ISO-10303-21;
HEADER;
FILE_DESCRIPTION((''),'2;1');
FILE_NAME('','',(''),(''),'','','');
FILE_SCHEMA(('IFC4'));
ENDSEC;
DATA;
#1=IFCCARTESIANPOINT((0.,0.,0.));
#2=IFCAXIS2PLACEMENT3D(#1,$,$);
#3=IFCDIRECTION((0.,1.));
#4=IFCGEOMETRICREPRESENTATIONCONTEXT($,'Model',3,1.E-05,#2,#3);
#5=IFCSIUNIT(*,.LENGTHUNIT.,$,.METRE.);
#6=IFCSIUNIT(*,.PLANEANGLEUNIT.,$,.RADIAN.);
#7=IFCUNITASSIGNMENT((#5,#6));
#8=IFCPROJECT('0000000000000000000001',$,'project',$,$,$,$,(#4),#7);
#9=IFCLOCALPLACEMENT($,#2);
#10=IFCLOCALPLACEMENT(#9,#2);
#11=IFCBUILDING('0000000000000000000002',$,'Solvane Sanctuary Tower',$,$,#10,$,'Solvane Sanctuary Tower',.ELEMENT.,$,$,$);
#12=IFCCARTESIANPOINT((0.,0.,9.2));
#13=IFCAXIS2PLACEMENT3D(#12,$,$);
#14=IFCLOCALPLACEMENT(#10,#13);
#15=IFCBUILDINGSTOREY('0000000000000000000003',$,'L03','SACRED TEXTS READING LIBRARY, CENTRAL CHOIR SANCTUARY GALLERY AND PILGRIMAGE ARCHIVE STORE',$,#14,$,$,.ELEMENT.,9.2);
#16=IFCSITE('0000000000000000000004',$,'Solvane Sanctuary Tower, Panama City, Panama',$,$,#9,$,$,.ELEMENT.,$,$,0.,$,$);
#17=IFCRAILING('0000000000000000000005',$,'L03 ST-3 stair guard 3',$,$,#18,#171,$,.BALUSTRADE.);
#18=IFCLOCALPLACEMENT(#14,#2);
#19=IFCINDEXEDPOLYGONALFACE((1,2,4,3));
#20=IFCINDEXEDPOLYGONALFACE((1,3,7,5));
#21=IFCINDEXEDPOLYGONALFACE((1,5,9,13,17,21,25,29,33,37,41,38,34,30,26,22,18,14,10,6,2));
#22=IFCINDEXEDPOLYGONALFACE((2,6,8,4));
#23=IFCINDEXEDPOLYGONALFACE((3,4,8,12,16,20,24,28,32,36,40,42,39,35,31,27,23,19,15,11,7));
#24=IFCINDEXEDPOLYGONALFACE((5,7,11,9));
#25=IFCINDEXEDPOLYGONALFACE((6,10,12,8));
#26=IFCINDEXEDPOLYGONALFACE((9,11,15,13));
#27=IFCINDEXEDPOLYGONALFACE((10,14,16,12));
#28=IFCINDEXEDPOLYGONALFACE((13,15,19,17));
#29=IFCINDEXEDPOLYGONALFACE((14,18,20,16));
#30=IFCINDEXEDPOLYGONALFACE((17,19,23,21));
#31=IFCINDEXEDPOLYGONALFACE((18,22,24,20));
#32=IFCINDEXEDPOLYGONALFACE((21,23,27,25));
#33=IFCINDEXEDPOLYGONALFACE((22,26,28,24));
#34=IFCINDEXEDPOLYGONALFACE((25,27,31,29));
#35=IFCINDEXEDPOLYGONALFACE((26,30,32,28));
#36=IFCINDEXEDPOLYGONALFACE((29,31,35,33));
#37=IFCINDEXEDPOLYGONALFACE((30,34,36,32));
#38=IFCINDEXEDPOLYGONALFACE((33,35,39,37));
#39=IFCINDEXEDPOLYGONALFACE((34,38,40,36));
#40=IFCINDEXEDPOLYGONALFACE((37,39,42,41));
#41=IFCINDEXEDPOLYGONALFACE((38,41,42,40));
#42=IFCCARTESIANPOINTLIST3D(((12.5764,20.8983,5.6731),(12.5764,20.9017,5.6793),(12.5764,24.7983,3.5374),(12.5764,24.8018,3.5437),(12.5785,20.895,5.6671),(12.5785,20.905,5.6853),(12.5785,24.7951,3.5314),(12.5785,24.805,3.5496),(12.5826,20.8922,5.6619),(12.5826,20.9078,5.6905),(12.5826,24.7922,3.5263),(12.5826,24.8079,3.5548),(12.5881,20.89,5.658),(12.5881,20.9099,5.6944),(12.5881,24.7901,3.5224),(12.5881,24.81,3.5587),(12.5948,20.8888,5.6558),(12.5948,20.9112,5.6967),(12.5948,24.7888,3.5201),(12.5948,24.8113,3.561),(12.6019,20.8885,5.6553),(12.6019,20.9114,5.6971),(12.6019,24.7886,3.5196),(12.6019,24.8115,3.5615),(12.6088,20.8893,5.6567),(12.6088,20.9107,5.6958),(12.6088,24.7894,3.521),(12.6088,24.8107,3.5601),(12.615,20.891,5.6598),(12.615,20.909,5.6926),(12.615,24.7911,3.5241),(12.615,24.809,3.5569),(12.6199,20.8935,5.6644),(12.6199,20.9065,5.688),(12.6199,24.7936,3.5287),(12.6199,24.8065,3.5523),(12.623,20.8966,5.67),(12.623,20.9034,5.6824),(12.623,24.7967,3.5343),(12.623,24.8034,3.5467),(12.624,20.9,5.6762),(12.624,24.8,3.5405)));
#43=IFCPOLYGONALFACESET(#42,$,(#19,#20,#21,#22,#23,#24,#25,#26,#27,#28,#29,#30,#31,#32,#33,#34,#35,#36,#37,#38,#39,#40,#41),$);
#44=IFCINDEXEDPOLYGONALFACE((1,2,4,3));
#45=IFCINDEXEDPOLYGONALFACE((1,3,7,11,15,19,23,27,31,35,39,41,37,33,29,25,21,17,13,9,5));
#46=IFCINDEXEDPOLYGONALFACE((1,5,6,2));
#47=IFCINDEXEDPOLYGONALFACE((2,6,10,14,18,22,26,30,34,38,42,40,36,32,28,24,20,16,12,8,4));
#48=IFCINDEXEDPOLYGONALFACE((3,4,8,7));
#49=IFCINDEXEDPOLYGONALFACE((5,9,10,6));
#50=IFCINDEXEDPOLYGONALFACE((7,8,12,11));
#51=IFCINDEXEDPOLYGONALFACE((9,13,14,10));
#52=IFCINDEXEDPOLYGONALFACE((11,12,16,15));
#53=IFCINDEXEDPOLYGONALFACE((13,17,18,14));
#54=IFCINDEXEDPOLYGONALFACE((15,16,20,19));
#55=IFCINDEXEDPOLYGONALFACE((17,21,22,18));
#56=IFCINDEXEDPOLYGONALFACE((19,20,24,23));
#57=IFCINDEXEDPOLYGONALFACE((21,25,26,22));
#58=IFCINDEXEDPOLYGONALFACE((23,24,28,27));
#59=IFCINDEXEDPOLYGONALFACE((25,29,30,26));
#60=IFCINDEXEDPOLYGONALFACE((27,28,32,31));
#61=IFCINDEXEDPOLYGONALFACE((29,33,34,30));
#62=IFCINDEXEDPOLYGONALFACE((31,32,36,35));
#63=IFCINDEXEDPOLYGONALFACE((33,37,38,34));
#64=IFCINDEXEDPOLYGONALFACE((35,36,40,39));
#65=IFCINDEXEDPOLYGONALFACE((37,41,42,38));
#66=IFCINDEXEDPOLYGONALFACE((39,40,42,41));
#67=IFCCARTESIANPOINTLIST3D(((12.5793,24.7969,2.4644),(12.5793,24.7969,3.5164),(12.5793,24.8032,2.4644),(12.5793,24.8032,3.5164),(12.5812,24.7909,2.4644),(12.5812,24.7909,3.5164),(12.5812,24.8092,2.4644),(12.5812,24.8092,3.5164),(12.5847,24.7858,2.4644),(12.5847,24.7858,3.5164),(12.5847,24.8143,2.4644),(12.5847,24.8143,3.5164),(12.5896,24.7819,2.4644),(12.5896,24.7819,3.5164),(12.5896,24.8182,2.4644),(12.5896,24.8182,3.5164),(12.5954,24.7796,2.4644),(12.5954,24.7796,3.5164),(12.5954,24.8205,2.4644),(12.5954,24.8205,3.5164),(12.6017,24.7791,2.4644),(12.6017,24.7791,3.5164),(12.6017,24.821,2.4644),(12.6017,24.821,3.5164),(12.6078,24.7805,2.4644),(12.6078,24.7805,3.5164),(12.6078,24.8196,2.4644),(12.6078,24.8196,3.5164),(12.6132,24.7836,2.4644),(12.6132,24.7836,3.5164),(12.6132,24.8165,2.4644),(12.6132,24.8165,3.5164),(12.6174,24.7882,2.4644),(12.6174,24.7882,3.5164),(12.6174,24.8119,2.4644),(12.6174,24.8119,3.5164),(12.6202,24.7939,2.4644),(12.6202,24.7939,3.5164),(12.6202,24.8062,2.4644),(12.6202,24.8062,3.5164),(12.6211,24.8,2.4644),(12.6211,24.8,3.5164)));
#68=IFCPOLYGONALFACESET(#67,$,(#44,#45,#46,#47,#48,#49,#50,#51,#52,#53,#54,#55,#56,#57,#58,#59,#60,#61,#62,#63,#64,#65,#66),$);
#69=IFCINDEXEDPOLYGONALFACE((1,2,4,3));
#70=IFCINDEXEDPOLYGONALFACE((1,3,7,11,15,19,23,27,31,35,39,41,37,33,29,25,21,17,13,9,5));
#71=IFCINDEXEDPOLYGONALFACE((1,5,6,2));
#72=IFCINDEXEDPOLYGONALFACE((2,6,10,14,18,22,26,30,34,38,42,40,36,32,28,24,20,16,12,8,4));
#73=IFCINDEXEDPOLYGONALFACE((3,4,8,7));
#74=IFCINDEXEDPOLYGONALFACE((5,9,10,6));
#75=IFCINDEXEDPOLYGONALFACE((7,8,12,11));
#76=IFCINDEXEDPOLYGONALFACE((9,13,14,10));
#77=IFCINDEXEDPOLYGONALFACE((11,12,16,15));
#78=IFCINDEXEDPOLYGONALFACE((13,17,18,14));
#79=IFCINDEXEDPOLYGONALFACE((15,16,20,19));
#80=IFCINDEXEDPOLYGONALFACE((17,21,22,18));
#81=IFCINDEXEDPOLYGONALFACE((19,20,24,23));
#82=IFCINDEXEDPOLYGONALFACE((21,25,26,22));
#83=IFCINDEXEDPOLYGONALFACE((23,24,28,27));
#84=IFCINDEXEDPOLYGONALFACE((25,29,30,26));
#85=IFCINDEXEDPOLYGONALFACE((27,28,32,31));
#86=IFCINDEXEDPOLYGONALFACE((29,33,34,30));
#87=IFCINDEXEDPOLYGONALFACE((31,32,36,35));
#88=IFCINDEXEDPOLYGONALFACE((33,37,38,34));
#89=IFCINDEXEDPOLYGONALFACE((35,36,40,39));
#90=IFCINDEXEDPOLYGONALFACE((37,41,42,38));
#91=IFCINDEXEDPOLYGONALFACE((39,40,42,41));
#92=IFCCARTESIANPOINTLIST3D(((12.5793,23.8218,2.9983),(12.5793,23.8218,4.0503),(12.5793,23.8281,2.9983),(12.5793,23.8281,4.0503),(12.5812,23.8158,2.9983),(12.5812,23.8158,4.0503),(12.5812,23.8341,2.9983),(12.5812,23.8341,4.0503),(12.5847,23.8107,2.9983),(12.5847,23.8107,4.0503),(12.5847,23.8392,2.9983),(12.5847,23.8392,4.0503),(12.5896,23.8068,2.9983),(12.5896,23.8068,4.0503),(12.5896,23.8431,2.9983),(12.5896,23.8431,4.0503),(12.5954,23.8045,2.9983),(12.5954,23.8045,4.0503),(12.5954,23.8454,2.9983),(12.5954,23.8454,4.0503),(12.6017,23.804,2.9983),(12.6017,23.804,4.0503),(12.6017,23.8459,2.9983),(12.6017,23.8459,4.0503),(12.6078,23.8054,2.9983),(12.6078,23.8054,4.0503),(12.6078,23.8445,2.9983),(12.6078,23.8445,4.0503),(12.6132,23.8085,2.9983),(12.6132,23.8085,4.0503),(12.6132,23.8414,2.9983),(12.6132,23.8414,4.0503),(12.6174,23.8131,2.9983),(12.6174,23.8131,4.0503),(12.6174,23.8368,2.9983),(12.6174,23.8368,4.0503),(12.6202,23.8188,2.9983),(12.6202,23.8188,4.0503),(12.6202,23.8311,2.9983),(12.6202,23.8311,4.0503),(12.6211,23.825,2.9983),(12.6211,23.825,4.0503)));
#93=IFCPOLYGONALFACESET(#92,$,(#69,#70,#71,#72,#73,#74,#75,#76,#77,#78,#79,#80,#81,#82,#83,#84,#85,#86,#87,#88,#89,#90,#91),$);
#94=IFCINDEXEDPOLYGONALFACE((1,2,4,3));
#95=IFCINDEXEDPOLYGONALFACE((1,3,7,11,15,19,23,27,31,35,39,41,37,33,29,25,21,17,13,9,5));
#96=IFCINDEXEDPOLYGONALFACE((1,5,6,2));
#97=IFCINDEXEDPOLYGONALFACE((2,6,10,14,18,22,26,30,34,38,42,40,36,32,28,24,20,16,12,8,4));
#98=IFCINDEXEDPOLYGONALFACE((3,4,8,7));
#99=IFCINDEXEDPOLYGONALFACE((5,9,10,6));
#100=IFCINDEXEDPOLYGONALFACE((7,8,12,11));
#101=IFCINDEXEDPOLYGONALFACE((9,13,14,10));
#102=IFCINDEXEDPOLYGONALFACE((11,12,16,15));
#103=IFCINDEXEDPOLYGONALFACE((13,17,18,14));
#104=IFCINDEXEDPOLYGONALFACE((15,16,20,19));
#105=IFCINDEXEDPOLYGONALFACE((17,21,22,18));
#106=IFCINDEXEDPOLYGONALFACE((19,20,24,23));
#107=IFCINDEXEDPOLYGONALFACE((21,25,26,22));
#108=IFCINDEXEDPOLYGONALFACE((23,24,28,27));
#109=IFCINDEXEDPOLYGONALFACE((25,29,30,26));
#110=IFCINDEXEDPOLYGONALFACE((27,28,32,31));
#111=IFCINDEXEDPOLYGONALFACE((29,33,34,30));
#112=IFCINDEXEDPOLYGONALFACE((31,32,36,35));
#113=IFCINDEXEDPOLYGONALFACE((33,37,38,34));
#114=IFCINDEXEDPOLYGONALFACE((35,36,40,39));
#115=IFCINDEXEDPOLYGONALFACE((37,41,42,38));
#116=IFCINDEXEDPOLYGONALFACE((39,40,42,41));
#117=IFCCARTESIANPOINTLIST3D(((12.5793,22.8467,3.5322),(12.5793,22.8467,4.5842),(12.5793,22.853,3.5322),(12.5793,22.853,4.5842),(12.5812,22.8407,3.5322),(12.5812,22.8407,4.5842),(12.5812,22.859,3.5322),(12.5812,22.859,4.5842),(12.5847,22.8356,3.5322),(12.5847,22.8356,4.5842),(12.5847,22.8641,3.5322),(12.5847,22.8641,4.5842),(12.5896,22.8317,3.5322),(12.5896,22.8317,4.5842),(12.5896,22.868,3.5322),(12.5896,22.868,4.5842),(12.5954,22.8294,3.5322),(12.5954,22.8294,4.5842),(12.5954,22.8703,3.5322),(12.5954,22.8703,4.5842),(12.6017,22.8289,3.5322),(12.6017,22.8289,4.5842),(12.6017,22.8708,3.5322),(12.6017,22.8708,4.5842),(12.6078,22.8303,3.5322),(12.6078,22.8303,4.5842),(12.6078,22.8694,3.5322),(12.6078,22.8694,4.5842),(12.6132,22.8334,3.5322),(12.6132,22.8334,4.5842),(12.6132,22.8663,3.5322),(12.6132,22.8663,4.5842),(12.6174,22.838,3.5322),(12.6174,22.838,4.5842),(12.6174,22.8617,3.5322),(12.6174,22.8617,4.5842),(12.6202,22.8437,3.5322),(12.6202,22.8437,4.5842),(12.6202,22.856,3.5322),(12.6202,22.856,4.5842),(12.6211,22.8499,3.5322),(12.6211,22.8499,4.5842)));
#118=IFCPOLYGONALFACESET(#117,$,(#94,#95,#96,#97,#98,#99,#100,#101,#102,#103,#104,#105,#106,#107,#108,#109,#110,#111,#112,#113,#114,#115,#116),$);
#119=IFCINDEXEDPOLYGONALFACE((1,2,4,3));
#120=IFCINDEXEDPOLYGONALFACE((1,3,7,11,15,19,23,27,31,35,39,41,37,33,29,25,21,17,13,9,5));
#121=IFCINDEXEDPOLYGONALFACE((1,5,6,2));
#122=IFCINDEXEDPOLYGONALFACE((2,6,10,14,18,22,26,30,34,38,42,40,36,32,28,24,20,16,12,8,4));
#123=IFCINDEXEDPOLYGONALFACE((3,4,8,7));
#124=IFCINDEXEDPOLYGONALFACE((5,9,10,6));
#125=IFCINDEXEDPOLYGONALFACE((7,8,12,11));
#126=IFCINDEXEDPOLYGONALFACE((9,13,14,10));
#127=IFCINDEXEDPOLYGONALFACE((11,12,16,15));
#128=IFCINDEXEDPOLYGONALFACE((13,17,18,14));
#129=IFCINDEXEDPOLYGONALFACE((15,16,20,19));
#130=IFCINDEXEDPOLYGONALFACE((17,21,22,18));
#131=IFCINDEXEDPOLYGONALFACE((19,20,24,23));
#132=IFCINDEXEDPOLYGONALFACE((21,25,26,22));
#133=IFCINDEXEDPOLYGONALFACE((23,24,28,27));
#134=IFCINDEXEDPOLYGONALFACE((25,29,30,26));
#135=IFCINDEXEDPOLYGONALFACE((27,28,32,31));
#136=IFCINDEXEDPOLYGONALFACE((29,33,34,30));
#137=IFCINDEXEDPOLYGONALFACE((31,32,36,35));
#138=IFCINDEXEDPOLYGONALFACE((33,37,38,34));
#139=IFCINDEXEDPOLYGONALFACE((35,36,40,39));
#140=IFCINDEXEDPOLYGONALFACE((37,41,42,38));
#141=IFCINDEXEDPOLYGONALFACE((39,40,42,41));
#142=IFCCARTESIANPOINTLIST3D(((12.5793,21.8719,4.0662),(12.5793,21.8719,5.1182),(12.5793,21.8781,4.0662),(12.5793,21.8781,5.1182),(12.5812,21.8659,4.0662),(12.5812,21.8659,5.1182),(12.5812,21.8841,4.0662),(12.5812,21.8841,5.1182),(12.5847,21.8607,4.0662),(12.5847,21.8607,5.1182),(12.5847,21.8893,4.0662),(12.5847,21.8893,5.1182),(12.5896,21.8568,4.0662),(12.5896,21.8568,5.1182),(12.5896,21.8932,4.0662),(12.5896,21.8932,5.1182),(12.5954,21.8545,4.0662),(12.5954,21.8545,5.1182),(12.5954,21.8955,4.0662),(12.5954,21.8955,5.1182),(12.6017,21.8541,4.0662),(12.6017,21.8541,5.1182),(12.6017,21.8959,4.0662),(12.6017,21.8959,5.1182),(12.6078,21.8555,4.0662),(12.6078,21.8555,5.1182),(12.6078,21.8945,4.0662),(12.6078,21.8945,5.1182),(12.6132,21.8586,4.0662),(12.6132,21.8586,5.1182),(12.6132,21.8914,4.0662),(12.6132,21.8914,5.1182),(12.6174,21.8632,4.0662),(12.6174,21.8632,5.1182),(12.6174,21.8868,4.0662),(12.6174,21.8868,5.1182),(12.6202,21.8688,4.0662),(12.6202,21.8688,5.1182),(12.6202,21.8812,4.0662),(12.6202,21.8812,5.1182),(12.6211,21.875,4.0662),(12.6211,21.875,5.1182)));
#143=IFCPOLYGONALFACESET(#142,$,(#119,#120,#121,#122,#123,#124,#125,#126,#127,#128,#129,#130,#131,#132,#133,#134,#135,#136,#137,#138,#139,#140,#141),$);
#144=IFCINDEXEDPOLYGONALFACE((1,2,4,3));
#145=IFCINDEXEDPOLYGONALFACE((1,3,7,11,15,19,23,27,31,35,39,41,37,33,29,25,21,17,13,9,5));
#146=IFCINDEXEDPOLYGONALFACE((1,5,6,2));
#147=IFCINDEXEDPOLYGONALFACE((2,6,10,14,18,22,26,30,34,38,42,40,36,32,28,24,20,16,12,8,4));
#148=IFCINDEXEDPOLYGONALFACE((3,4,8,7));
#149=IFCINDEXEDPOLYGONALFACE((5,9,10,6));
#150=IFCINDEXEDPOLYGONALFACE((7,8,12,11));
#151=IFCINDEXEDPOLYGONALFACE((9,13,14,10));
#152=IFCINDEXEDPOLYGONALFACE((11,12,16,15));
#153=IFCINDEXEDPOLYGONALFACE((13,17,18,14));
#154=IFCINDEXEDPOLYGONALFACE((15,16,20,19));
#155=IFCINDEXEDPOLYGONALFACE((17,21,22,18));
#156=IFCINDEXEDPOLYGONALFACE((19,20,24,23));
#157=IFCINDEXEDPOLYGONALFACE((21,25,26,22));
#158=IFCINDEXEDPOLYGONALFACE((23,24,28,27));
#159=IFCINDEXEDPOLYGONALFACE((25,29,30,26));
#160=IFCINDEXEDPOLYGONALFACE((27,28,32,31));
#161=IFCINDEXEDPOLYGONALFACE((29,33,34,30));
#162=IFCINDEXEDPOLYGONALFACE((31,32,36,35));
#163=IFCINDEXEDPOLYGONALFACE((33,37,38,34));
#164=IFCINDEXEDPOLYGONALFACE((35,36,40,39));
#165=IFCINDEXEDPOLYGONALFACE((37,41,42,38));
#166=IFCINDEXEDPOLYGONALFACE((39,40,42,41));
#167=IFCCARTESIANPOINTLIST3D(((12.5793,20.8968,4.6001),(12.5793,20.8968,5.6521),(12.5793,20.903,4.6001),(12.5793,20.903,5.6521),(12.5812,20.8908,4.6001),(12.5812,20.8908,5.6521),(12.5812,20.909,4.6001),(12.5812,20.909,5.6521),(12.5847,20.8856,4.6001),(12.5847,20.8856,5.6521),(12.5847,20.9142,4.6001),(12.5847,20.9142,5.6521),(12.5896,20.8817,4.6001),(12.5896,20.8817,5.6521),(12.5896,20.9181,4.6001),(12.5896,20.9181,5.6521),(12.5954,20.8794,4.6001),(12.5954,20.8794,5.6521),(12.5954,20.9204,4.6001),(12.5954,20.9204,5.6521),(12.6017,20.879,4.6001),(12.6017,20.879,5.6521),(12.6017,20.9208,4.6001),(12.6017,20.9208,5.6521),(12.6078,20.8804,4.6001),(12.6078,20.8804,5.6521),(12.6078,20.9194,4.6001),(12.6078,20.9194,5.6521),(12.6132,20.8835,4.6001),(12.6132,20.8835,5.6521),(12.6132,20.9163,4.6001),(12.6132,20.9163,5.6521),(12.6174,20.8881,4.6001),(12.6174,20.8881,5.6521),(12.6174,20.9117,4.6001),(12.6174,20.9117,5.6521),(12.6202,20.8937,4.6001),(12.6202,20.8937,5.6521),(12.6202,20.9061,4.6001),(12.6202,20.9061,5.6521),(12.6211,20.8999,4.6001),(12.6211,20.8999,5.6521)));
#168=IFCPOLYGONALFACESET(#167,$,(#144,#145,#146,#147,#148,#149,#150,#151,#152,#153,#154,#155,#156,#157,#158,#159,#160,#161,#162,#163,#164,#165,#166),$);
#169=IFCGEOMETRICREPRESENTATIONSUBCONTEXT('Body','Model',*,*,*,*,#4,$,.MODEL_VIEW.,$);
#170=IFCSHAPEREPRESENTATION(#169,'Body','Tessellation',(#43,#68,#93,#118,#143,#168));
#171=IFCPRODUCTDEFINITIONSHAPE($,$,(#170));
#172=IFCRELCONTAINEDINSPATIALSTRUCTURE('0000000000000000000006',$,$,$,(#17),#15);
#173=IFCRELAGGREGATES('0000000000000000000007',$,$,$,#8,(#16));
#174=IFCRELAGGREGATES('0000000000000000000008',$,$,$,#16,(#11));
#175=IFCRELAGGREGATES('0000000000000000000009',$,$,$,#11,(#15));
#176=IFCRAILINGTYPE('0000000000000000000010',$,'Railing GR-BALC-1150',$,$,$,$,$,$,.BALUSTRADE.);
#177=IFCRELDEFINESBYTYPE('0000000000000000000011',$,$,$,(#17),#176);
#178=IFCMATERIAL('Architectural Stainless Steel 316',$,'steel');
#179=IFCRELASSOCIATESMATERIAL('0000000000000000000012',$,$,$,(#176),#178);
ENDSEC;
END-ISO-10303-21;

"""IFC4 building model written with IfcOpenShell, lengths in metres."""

from ifc_helpers import new_model, si_unit, direction, frame, origin, origin_2d, place, context, subcontext, project, spatial, circle, extrude, material, type_object, element, save


model = new_model("IFC4")

# Units and contexts
model_context = context("Model", 3, precision=1e-05, world=origin(), true_north=direction((0.0, 1.0)))
body_context = subcontext(model_context, "Body", "Model", "MODEL_VIEW")
ifc_project = project(units=[si_unit("LENGTHUNIT", "METRE"), si_unit("PLANEANGLEUNIT", "RADIAN")], contexts=[model_context])

# Site, building, storey
site_placement = place(None, origin())
site = spatial("IfcSite", under=ifc_project, at=site_placement, Name="Solvane Sanctuary Tower, Panama City, Panama", CompositionType="ELEMENT", RefElevation=0.0)
building_placement = place(site_placement, origin())
building = spatial("IfcBuilding", under=site, at=building_placement, Name="Solvane Sanctuary Tower", LongName="Solvane Sanctuary Tower", CompositionType="ELEMENT")
storey_placement = place(building_placement, frame((0.0, 0.0, 9.2)))
storey = spatial("IfcBuildingStorey", under=building, at=storey_placement, Name="L03", Description="SACRED TEXTS READING LIBRARY, CENTRAL CHOIR SANCTUARY GALLERY AND PILGRIMAGE ARCHIVE STORE", CompositionType="ELEMENT", Elevation=9.2)

# Shared definitions
ifc_material_1 = material(Name="Architectural Stainless Steel 316", Category="steel")

# Railing
railing_type = type_object("IfcRailingType", Name="Railing GR-BALC-1150", PredefinedType="BALUSTRADE", material=ifc_material_1)
railing_1_placement = place(storey_placement, frame((12.6001, 24.8, 2.4644)))
element("IfcRailing", 1, at=railing_1_placement, inside=storey, type_object=railing_type, Name="L03 ST-3 stair guard 3", PredefinedType="BALUSTRADE", context=body_context, shape_type="SweptSolid", body=[
    extrude(circle(Radius=0.0239, at=origin_2d()), frame((0.0, 0.0, 1.0762), z_axis=(0.0, -0.877101, 0.480306), x_axis=(1.0, 0.0, 0.0)), (0.0, 0.0, 1.0), 4.4465),
    extrude(circle(Radius=0.021, at=origin_2d()), origin(), (0.0, 0.0, 1.0), 1.052),
    extrude(circle(Radius=0.021, at=origin_2d()), frame((0.0, -0.9751, 0.5339)), (0.0, 0.0, 1.0), 1.052),
    extrude(circle(Radius=0.021, at=origin_2d()), frame((0.0, -1.9502, 1.0679)), (0.0, 0.0, 1.0), 1.052),
    extrude(circle(Radius=0.021, at=origin_2d()), frame((0.0, -2.925, 1.6018)), (0.0, 0.0, 1.0), 1.052),
    extrude(circle(Radius=0.021, at=origin_2d()), frame((0.0, -3.9001, 2.1357)), (0.0, 0.0, 1.0), 1.052),
])

save(model, "model.ifc")
